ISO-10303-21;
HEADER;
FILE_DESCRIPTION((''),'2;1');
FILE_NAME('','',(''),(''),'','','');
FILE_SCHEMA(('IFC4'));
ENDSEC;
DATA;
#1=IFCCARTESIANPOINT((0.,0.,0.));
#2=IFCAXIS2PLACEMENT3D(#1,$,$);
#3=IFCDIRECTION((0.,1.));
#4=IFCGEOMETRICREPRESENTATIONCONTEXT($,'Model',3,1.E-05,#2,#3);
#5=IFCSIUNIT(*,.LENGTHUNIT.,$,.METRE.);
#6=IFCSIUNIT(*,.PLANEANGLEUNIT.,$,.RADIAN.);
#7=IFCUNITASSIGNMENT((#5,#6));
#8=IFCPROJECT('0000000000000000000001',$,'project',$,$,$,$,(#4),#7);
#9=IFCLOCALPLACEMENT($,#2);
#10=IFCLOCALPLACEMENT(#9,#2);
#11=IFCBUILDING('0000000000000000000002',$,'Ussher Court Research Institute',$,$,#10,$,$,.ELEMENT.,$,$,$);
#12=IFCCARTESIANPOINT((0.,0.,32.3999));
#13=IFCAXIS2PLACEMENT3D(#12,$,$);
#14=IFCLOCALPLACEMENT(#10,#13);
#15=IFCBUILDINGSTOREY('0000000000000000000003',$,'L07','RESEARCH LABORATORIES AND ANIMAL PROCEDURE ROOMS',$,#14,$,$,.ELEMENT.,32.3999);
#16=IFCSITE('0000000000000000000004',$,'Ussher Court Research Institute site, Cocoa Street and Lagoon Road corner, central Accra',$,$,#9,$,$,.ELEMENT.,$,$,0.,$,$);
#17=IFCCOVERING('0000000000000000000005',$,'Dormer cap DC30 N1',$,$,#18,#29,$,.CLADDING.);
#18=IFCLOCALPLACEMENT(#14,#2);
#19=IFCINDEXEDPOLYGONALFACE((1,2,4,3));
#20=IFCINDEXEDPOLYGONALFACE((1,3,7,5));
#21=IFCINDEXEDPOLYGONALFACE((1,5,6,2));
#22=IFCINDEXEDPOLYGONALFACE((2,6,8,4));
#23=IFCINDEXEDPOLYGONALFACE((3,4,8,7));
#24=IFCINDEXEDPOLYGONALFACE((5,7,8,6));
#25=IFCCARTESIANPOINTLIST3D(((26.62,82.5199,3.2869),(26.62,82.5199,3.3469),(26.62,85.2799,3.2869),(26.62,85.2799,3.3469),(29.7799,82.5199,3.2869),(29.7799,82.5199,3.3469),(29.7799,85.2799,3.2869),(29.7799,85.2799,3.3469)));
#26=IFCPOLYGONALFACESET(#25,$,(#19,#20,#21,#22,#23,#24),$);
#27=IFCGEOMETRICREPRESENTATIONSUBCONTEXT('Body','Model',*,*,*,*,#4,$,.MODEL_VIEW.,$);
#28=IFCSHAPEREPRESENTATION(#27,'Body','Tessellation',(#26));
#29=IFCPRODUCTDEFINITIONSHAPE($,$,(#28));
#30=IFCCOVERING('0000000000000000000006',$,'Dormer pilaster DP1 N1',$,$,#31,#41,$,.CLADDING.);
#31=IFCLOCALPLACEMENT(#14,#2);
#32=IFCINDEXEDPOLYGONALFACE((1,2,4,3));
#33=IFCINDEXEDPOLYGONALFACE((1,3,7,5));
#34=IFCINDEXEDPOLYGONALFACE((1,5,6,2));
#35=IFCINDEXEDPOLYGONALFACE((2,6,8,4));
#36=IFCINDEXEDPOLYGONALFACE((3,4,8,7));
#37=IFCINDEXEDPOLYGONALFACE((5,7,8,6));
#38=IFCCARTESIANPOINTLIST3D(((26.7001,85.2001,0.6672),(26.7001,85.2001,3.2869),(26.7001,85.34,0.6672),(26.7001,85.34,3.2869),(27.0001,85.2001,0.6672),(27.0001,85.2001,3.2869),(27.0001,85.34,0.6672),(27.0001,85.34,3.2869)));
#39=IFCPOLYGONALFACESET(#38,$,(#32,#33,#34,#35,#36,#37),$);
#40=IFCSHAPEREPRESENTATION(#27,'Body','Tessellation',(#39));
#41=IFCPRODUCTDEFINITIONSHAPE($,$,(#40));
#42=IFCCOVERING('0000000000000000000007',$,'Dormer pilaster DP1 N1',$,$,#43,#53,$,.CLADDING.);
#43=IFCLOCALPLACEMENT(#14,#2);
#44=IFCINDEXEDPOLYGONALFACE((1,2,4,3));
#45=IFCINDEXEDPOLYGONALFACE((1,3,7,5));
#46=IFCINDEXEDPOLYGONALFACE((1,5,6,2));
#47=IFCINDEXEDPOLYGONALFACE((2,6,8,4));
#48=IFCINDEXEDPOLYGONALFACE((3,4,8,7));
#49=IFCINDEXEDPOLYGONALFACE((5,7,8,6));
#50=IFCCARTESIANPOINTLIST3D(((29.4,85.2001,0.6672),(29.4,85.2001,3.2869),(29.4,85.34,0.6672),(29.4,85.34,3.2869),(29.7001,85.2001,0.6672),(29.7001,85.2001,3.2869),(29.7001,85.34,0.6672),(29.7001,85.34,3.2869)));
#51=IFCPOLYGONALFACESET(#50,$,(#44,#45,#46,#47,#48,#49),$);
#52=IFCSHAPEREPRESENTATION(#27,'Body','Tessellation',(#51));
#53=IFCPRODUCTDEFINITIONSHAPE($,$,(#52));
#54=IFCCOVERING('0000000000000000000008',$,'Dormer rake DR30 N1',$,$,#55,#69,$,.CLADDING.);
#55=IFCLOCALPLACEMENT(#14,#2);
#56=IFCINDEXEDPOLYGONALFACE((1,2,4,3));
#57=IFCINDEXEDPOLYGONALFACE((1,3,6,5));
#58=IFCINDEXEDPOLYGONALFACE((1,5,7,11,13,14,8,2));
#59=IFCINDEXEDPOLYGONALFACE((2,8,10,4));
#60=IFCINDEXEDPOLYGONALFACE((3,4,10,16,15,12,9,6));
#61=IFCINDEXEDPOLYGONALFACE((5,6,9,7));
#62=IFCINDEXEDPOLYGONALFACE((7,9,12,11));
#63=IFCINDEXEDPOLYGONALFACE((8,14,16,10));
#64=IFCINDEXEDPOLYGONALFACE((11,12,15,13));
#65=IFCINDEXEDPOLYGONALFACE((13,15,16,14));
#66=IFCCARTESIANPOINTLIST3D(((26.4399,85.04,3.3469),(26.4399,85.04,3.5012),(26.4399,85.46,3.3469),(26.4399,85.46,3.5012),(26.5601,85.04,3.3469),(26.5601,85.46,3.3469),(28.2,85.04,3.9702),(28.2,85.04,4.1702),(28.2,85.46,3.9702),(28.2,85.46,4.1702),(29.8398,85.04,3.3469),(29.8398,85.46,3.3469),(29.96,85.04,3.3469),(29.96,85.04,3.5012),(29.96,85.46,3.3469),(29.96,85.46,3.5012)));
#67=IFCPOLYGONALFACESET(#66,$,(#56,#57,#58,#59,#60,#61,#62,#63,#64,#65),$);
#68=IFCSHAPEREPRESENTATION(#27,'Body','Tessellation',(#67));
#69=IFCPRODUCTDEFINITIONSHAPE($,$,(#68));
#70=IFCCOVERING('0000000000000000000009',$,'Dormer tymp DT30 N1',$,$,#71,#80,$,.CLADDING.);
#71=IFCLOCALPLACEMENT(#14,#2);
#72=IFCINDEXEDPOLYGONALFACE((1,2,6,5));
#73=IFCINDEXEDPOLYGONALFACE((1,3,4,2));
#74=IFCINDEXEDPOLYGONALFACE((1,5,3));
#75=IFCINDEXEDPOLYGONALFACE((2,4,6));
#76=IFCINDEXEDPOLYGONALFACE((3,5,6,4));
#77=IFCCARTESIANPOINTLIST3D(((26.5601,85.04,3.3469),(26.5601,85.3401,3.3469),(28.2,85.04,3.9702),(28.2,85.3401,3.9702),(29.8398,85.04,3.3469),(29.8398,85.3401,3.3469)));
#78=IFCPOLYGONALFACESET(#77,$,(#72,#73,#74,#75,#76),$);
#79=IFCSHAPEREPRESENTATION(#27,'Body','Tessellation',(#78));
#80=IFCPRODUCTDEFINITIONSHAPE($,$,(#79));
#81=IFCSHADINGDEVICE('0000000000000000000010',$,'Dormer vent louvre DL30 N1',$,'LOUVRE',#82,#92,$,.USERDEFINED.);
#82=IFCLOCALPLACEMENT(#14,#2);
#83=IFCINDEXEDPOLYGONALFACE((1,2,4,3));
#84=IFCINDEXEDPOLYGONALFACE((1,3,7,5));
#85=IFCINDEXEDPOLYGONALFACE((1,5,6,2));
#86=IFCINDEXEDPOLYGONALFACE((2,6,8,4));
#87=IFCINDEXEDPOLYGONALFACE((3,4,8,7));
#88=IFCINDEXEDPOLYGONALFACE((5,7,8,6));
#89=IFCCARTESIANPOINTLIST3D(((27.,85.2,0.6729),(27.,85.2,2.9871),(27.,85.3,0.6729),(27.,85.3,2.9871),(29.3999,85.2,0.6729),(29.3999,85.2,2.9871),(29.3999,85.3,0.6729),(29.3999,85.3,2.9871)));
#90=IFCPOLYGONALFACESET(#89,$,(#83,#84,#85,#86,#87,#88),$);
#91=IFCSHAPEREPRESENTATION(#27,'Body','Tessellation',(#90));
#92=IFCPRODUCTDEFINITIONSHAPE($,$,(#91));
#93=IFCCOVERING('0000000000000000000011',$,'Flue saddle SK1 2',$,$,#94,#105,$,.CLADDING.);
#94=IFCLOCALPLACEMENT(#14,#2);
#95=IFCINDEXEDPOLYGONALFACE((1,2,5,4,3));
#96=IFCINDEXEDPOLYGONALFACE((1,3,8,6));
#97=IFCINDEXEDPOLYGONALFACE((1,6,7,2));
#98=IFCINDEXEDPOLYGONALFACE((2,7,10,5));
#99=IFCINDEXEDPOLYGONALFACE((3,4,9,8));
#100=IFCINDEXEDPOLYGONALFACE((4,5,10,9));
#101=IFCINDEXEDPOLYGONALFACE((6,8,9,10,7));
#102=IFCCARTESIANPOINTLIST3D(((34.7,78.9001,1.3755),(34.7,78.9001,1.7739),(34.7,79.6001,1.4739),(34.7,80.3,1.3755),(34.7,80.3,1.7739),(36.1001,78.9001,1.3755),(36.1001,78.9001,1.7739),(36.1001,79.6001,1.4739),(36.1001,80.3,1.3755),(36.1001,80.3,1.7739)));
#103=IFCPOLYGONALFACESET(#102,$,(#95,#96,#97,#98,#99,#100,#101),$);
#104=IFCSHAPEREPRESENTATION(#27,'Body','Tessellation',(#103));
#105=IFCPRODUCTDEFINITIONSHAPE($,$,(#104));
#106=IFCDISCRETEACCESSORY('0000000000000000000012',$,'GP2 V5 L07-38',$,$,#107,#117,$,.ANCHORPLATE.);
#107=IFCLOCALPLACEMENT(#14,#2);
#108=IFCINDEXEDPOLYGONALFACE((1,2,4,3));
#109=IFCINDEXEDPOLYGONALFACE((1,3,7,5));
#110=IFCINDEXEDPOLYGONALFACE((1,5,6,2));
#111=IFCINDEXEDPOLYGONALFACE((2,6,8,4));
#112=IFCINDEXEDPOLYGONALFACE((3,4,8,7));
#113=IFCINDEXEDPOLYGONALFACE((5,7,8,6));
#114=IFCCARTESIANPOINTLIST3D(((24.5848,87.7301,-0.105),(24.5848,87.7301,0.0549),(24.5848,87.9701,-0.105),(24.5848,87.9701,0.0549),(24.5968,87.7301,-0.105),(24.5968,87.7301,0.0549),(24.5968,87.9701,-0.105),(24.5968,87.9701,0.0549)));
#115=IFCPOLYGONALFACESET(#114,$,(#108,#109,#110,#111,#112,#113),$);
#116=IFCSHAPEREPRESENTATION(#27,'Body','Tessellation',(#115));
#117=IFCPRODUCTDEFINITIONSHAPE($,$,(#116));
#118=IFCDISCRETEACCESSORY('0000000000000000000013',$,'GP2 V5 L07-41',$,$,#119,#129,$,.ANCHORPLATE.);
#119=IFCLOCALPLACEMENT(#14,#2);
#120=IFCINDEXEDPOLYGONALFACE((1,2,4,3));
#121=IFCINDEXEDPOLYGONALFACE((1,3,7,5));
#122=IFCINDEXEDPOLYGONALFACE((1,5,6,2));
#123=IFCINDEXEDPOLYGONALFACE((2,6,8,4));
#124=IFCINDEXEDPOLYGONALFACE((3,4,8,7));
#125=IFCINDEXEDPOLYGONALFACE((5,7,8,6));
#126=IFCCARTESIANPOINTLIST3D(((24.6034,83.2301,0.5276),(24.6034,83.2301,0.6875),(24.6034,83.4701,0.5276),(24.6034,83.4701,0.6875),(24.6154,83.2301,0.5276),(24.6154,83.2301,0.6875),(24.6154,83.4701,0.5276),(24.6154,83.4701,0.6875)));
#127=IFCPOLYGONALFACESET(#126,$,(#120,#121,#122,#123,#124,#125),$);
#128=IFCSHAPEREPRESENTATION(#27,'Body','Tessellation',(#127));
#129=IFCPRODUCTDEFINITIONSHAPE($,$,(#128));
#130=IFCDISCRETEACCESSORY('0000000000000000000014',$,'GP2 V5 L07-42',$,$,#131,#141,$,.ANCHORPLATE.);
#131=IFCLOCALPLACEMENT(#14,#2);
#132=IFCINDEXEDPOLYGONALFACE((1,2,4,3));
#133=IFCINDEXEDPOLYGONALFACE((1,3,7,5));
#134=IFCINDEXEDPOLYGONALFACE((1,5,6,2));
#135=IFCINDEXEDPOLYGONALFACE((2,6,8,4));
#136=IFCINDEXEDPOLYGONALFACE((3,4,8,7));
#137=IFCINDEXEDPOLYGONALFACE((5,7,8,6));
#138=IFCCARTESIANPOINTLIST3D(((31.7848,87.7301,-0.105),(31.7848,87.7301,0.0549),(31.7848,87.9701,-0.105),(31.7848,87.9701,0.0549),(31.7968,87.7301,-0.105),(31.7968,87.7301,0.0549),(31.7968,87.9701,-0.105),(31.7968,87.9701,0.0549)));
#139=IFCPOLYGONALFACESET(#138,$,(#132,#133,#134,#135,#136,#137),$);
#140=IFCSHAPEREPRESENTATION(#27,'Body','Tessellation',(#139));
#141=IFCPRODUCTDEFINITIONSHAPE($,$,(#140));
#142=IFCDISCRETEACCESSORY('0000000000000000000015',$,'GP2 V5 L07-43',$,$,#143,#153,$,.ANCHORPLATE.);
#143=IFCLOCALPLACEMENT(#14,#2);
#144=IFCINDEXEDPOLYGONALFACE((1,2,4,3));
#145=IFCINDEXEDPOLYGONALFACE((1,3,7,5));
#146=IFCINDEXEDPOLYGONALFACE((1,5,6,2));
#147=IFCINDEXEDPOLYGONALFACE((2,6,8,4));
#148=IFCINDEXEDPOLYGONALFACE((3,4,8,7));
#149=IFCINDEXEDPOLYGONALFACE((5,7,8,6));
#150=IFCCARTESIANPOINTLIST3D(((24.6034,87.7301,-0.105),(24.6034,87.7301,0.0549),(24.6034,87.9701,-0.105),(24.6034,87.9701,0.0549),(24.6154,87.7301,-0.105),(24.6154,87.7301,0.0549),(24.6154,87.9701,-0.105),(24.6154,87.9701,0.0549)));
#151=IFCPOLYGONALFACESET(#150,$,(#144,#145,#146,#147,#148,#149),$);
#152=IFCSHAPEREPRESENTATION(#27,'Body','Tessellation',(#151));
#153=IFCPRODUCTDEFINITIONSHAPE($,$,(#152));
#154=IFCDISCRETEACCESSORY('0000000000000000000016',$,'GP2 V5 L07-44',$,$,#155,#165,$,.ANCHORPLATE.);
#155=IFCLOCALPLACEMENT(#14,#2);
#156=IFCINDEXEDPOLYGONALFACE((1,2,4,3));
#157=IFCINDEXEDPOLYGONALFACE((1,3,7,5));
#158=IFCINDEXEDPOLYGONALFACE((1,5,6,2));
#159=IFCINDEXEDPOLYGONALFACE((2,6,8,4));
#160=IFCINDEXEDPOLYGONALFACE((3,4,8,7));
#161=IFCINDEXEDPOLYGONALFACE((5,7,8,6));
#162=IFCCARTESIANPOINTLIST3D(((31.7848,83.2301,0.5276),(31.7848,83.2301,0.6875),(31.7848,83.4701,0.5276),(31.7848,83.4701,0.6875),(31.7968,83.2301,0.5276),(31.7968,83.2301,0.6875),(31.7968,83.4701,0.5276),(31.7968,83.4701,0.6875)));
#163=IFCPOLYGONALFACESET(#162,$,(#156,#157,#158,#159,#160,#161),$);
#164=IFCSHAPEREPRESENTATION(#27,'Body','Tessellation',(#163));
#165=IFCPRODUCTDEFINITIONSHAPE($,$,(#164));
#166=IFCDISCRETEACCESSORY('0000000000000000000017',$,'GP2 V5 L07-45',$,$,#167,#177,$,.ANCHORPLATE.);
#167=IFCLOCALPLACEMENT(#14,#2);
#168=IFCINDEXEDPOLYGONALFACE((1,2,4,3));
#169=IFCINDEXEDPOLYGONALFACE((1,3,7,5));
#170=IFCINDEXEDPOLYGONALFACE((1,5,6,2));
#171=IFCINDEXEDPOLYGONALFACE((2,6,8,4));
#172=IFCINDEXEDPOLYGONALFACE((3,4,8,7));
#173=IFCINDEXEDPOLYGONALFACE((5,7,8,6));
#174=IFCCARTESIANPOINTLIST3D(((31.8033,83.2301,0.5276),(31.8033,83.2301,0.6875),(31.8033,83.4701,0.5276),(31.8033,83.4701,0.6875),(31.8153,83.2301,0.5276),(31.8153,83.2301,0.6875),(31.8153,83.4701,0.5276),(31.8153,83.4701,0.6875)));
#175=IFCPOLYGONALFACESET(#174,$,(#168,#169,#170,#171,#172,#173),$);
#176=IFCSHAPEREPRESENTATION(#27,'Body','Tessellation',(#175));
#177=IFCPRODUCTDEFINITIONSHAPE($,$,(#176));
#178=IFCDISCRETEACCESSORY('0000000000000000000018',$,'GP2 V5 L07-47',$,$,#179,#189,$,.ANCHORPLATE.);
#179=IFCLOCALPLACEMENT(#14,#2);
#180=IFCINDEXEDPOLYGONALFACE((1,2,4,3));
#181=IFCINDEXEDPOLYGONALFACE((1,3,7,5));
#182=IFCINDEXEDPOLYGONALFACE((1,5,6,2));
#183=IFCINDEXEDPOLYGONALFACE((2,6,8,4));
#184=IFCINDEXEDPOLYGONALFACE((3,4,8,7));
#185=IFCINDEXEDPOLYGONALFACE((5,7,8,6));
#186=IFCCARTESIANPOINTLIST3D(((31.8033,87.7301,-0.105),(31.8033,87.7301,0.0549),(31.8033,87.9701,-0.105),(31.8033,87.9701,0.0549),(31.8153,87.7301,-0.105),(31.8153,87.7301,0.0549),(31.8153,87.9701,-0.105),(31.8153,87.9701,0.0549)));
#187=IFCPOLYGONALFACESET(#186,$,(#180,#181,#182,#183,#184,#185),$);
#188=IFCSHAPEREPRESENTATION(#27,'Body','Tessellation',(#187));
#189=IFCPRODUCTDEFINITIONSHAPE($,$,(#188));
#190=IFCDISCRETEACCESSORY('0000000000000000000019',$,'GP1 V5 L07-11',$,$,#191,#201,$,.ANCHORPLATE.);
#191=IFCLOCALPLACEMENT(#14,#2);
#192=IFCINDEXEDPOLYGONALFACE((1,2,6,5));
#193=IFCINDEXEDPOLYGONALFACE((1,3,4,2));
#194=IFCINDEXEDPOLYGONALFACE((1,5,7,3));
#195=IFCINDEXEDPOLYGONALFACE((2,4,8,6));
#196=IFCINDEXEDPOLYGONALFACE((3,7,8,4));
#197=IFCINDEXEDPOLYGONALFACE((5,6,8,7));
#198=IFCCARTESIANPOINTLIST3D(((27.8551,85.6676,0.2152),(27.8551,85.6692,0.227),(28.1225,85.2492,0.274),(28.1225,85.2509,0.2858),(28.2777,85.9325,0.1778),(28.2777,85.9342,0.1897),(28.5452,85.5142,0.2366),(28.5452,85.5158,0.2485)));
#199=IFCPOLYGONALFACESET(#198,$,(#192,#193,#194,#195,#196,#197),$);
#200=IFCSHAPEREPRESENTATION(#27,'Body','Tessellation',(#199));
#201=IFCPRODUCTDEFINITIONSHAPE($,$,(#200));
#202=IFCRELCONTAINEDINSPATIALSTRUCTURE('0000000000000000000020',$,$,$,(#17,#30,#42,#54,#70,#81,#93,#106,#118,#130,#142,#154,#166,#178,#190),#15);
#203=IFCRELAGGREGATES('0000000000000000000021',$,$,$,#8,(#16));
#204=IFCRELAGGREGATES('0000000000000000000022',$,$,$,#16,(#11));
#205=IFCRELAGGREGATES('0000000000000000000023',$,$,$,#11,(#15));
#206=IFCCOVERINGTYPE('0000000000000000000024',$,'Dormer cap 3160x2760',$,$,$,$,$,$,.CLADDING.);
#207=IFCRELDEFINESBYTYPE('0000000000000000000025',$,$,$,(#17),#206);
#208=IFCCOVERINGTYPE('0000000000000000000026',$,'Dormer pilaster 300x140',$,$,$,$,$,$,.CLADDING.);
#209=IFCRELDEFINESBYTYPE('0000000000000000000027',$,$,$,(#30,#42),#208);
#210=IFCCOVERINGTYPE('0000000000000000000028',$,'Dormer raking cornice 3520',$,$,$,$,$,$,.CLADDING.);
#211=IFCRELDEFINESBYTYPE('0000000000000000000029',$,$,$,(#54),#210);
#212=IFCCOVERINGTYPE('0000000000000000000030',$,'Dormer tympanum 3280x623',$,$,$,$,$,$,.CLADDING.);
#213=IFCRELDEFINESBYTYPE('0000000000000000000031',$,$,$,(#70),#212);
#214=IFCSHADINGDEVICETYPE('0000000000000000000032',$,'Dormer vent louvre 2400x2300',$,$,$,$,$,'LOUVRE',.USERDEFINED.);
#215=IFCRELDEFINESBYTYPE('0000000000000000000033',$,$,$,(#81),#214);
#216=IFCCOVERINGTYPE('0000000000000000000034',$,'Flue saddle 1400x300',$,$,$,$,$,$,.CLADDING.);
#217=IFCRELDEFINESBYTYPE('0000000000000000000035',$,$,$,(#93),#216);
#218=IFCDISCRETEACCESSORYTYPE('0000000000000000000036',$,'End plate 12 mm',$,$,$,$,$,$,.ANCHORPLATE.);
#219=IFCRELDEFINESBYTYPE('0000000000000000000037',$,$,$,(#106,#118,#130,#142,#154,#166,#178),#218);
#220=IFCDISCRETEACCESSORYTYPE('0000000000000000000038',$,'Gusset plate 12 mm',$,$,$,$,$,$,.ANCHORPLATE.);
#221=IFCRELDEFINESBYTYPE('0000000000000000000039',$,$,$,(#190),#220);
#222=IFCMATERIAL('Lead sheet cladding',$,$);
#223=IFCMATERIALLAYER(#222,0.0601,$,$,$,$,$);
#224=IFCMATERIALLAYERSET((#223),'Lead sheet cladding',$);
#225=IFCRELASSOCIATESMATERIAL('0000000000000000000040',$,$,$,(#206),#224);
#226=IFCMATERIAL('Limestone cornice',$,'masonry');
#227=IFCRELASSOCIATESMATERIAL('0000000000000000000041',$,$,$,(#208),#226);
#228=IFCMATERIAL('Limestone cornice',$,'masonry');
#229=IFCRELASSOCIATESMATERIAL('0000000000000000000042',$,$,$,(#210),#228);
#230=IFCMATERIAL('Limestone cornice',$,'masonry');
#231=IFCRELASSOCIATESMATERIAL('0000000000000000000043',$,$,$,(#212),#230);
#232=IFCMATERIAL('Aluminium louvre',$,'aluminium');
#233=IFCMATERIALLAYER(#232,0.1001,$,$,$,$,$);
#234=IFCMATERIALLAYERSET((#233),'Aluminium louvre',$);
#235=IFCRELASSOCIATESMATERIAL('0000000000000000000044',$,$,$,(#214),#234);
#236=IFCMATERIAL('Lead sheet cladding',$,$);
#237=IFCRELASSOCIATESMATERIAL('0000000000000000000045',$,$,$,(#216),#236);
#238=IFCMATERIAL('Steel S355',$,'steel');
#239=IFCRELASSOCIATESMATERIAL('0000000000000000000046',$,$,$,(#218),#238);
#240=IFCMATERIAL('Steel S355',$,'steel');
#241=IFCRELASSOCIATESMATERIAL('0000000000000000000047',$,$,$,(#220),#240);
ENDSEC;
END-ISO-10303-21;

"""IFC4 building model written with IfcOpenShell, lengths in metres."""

from ifc_helpers import new_model, si_unit, direction, frame, origin, origin_2d, place, context, subcontext, project, spatial, polyline, rectangle, outline, extrude, material, layer, layer_set, material_profile, profile_set, type_object, element, save


model = new_model("IFC4")

# Units and contexts
model_context = context("Model", 3, precision=1e-05, world=origin(), true_north=direction((0.0, 1.0)))
body_context = subcontext(model_context, "Body", "Model", "MODEL_VIEW")
ifc_project = project(units=[si_unit("LENGTHUNIT", "METRE"), si_unit("PLANEANGLEUNIT", "RADIAN")], contexts=[model_context])

# Site, building, storey
site_placement = place(None, origin())
site = spatial("IfcSite", under=ifc_project, at=site_placement, Name="Ussher Court Research Institute site, Cocoa Street and Lagoon Road corner, central Accra", CompositionType="ELEMENT", RefElevation=0.0)
building_placement = place(site_placement, origin())
building = spatial("IfcBuilding", under=site, at=building_placement, Name="Ussher Court Research Institute", CompositionType="ELEMENT")
storey_placement = place(building_placement, frame((0.0, 0.0, 32.3999)))
storey = spatial("IfcBuildingStorey", under=building, at=storey_placement, Name="L07", Description="RESEARCH LABORATORIES AND ANIMAL PROCEDURE ROOMS", CompositionType="ELEMENT", Elevation=32.3999)

# Coverings
ifc_material_1 = material(Name="Lead sheet cladding")
ifc_layer_1 = layer(ifc_material_1, 0.0601)
ifc_layer_set_1 = layer_set([ifc_layer_1], Name="Lead sheet cladding")
covering_type_1 = type_object("IfcCoveringType", Name="Dormer cap 3160x2760", PredefinedType="CLADDING", material=ifc_layer_set_1)
covering_1_placement = place(storey_placement, frame((28.2, 83.8999, 3.2869), z_axis=(0.0, 0.0, 1.0), x_axis=(1.0, 0.0, 0.0)))
element("IfcCovering", 1, at=covering_1_placement, inside=storey, type_object=covering_type_1, Name="Dormer cap DC30 N1", PredefinedType="CLADDING", context=body_context, shape_type="SweptSolid", body=[
    extrude(rectangle(XDim=3.1599, YDim=2.76, at=origin_2d()), origin(), (0.0, 0.0, 1.0), 0.0601),
])
ifc_material_2 = material(Name="Limestone cornice", Category="masonry")
covering_type_2 = type_object("IfcCoveringType", Name="Dormer pilaster 300x140", PredefinedType="CLADDING", material=ifc_material_2)
for number, where, z_axis, x_axis, name in (
    (2, (26.8501, 85.27, 0.6672), (0.0, 0.0, 1.0), (1.0, 0.0, 0.0), "Dormer pilaster DP1 N1"),
    (3, (29.55, 85.27, 0.6672), (0.0, 0.0, 1.0), (1.0, 0.0, 0.0), "Dormer pilaster DP1 N1"),
):
    element("IfcCovering", number, at=place(storey_placement, frame(where, z_axis=z_axis, x_axis=x_axis)), inside=storey, type_object=covering_type_2, Name=name, PredefinedType="CLADDING", context=body_context, shape_type="SweptSolid", body=[
        extrude(rectangle(XDim=0.3, YDim=0.1399, at=origin_2d()), origin(), (0.0, 0.0, 1.0), 2.6196),
    ])
ifc_material_3 = material(Name="Limestone cornice", Category="masonry")
covering_type_3 = type_object("IfcCoveringType", Name="Dormer raking cornice 3520", PredefinedType="CLADDING", material=ifc_material_3)
covering_2_placement = place(storey_placement, frame((28.2, 85.04, 3.3469), z_axis=(0.0, 1.0, 0.0), x_axis=(-1.0, 0.0, 0.0)))
element("IfcCovering", 4, at=covering_2_placement, inside=storey, type_object=covering_type_3, Name="Dormer rake DR30 N1", PredefinedType="CLADDING", context=body_context, shape_type="SweptSolid", body=[
    extrude(outline(polyline([(1.76, 0.0), (1.76, 0.1543), (0.0, 0.8232), (-1.76, 0.1543), (-1.76, 0.0), (-1.6399, 0.0), (0.0, 0.6233), (1.6399, 0.0), (1.76, 0.0)])), origin(), (0.0, 0.0, 1.0), 0.4199),
])
ifc_material_4 = material(Name="Limestone cornice", Category="masonry")
covering_type_4 = type_object("IfcCoveringType", Name="Dormer tympanum 3280x623", PredefinedType="CLADDING", material=ifc_material_4)
covering_3_placement = place(storey_placement, frame((28.2, 85.04, 3.3469), z_axis=(0.0, 1.0, 0.0), x_axis=(-1.0, 0.0, 0.0)))
element("IfcCovering", 5, at=covering_3_placement, inside=storey, type_object=covering_type_4, Name="Dormer tymp DT30 N1", PredefinedType="CLADDING", context=body_context, shape_type="SweptSolid", body=[
    extrude(outline(polyline([(1.6399, 0.0), (0.0, 0.6233), (-1.6399, 0.0), (1.6399, 0.0)])), origin(), (0.0, 0.0, 1.0), 0.3),
])

# Shading device
ifc_material_5 = material(Name="Aluminium louvre", Category="aluminium")
ifc_layer_2 = layer(ifc_material_5, 0.1001)
ifc_layer_set_2 = layer_set([ifc_layer_2], Name="Aluminium louvre")
shading_device_type = type_object("IfcShadingDeviceType", Name="Dormer vent louvre 2400x2300", ElementType="LOUVRE", PredefinedType="USERDEFINED", material=ifc_layer_set_2)
shading_device_placement = place(storey_placement, frame((28.2, 85.25, 0.6729), z_axis=(0.0, 0.0, 1.0), x_axis=(1.0, 0.0, 0.0)))
element("IfcShadingDevice", 6, at=shading_device_placement, inside=storey, type_object=shading_device_type, Name="Dormer vent louvre DL30 N1", ObjectType="LOUVRE", PredefinedType="USERDEFINED", context=body_context, shape_type="SweptSolid", body=[
    extrude(rectangle(XDim=2.3999, YDim=0.1001, at=origin_2d()), origin(), (0.0, 0.0, 1.0), 2.3142),
])

# Covering
ifc_material_6 = material(Name="Lead sheet cladding")
covering_type_5 = type_object("IfcCoveringType", Name="Flue saddle 1400x300", PredefinedType="CLADDING", material=ifc_material_6)
covering_4_placement = place(storey_placement, frame((34.7, 79.6001, 1.4739), z_axis=(1.0, 0.0, 0.0), x_axis=(0.0, 1.0, 0.0)))
element("IfcCovering", 7, at=covering_4_placement, inside=storey, type_object=covering_type_5, Name="Flue saddle SK1 2", PredefinedType="CLADDING", context=body_context, shape_type="SweptSolid", body=[
    extrude(outline(polyline([(-0.7, -0.0984), (0.0, 0.0), (0.7, -0.0984), (0.7, 0.3), (-0.7, 0.3), (-0.7, -0.0984)])), origin(), (0.0, 0.0, 1.0), 1.4001),
])

# Discrete accessories
ifc_material_7 = material(Name="Steel S355", Category="steel")
ifc_material_profile_1 = material_profile(ifc_material_7, rectangle(XDim=0.012, YDim=0.24, at=origin_2d()), Name="PL 12x240")
ifc_profile_set_1 = profile_set([ifc_material_profile_1], Name="Steel S355")
discrete_accessory_type_1 = type_object("IfcDiscreteAccessoryType", Name="End plate 12 mm", PredefinedType="ANCHORPLATE", material=ifc_profile_set_1)
for number, where, z_axis, x_axis, name in (
    (8, (24.5908, 87.8501, -0.105), (0.0, 0.0, 1.0), (1.0, 0.0, 0.0), "GP2 V5 L07-38"),
    (9, (24.6094, 83.3501, 0.5276), (0.0, 0.0, 1.0), (1.0, 0.0, 0.0), "GP2 V5 L07-41"),
    (10, (31.7908, 87.8501, -0.105), (0.0, 0.0, 1.0), (1.0, 0.0, 0.0), "GP2 V5 L07-42"),
    (11, (24.6094, 87.8501, -0.105), (0.0, 0.0, 1.0), (1.0, 0.0, 0.0), "GP2 V5 L07-43"),
    (12, (31.7908, 83.3501, 0.5276), (0.0, 0.0, 1.0), (1.0, 0.0, 0.0), "GP2 V5 L07-44"),
    (13, (31.8093, 83.3501, 0.5276), (0.0, 0.0, 1.0), (1.0, 0.0, 0.0), "GP2 V5 L07-45"),
    (14, (31.8093, 87.8501, -0.105), (0.0, 0.0, 1.0), (1.0, 0.0, 0.0), "GP2 V5 L07-47"),
):
    element("IfcDiscreteAccessory", number, at=place(storey_placement, frame(where, z_axis=z_axis, x_axis=x_axis)), inside=storey, type_object=discrete_accessory_type_1, Name=name, PredefinedType="ANCHORPLATE", context=body_context, shape_type="SweptSolid", body=[
        extrude(rectangle(XDim=0.012, YDim=0.24, at=origin_2d()), origin(), (0.0, 0.0, 1.0), 0.1599),
    ])
ifc_material_8 = material(Name="Steel S355", Category="steel")
ifc_material_profile_2 = material_profile(ifc_material_8, rectangle(XDim=0.5, YDim=0.012, at=origin_2d()), Name="PL 500x12")
ifc_profile_set_2 = profile_set([ifc_material_profile_2], Name="Steel S355")
discrete_accessory_type_2 = type_object("IfcDiscreteAccessoryType", Name="Gusset plate 12 mm", PredefinedType="ANCHORPLATE", material=ifc_profile_set_2)
for number, where, z_axis, x_axis, name in (
    (15, (27.9888, 85.4592, 0.2505), (0.844944, 0.529615, -0.074683), (0.534855, -0.83672, 0.117603), "GP1 V5 L07-11"),
):
    element("IfcDiscreteAccessory", number, at=place(storey_placement, frame(where, z_axis=z_axis, x_axis=x_axis)), inside=storey, type_object=discrete_accessory_type_2, Name=name, PredefinedType="ANCHORPLATE", context=body_context, shape_type="SweptSolid", body=[
        extrude(rectangle(XDim=0.5, YDim=0.012, at=origin_2d()), origin(), (0.0, 0.0, 1.0), 0.5002),
    ])

save(model, "model.ifc")
